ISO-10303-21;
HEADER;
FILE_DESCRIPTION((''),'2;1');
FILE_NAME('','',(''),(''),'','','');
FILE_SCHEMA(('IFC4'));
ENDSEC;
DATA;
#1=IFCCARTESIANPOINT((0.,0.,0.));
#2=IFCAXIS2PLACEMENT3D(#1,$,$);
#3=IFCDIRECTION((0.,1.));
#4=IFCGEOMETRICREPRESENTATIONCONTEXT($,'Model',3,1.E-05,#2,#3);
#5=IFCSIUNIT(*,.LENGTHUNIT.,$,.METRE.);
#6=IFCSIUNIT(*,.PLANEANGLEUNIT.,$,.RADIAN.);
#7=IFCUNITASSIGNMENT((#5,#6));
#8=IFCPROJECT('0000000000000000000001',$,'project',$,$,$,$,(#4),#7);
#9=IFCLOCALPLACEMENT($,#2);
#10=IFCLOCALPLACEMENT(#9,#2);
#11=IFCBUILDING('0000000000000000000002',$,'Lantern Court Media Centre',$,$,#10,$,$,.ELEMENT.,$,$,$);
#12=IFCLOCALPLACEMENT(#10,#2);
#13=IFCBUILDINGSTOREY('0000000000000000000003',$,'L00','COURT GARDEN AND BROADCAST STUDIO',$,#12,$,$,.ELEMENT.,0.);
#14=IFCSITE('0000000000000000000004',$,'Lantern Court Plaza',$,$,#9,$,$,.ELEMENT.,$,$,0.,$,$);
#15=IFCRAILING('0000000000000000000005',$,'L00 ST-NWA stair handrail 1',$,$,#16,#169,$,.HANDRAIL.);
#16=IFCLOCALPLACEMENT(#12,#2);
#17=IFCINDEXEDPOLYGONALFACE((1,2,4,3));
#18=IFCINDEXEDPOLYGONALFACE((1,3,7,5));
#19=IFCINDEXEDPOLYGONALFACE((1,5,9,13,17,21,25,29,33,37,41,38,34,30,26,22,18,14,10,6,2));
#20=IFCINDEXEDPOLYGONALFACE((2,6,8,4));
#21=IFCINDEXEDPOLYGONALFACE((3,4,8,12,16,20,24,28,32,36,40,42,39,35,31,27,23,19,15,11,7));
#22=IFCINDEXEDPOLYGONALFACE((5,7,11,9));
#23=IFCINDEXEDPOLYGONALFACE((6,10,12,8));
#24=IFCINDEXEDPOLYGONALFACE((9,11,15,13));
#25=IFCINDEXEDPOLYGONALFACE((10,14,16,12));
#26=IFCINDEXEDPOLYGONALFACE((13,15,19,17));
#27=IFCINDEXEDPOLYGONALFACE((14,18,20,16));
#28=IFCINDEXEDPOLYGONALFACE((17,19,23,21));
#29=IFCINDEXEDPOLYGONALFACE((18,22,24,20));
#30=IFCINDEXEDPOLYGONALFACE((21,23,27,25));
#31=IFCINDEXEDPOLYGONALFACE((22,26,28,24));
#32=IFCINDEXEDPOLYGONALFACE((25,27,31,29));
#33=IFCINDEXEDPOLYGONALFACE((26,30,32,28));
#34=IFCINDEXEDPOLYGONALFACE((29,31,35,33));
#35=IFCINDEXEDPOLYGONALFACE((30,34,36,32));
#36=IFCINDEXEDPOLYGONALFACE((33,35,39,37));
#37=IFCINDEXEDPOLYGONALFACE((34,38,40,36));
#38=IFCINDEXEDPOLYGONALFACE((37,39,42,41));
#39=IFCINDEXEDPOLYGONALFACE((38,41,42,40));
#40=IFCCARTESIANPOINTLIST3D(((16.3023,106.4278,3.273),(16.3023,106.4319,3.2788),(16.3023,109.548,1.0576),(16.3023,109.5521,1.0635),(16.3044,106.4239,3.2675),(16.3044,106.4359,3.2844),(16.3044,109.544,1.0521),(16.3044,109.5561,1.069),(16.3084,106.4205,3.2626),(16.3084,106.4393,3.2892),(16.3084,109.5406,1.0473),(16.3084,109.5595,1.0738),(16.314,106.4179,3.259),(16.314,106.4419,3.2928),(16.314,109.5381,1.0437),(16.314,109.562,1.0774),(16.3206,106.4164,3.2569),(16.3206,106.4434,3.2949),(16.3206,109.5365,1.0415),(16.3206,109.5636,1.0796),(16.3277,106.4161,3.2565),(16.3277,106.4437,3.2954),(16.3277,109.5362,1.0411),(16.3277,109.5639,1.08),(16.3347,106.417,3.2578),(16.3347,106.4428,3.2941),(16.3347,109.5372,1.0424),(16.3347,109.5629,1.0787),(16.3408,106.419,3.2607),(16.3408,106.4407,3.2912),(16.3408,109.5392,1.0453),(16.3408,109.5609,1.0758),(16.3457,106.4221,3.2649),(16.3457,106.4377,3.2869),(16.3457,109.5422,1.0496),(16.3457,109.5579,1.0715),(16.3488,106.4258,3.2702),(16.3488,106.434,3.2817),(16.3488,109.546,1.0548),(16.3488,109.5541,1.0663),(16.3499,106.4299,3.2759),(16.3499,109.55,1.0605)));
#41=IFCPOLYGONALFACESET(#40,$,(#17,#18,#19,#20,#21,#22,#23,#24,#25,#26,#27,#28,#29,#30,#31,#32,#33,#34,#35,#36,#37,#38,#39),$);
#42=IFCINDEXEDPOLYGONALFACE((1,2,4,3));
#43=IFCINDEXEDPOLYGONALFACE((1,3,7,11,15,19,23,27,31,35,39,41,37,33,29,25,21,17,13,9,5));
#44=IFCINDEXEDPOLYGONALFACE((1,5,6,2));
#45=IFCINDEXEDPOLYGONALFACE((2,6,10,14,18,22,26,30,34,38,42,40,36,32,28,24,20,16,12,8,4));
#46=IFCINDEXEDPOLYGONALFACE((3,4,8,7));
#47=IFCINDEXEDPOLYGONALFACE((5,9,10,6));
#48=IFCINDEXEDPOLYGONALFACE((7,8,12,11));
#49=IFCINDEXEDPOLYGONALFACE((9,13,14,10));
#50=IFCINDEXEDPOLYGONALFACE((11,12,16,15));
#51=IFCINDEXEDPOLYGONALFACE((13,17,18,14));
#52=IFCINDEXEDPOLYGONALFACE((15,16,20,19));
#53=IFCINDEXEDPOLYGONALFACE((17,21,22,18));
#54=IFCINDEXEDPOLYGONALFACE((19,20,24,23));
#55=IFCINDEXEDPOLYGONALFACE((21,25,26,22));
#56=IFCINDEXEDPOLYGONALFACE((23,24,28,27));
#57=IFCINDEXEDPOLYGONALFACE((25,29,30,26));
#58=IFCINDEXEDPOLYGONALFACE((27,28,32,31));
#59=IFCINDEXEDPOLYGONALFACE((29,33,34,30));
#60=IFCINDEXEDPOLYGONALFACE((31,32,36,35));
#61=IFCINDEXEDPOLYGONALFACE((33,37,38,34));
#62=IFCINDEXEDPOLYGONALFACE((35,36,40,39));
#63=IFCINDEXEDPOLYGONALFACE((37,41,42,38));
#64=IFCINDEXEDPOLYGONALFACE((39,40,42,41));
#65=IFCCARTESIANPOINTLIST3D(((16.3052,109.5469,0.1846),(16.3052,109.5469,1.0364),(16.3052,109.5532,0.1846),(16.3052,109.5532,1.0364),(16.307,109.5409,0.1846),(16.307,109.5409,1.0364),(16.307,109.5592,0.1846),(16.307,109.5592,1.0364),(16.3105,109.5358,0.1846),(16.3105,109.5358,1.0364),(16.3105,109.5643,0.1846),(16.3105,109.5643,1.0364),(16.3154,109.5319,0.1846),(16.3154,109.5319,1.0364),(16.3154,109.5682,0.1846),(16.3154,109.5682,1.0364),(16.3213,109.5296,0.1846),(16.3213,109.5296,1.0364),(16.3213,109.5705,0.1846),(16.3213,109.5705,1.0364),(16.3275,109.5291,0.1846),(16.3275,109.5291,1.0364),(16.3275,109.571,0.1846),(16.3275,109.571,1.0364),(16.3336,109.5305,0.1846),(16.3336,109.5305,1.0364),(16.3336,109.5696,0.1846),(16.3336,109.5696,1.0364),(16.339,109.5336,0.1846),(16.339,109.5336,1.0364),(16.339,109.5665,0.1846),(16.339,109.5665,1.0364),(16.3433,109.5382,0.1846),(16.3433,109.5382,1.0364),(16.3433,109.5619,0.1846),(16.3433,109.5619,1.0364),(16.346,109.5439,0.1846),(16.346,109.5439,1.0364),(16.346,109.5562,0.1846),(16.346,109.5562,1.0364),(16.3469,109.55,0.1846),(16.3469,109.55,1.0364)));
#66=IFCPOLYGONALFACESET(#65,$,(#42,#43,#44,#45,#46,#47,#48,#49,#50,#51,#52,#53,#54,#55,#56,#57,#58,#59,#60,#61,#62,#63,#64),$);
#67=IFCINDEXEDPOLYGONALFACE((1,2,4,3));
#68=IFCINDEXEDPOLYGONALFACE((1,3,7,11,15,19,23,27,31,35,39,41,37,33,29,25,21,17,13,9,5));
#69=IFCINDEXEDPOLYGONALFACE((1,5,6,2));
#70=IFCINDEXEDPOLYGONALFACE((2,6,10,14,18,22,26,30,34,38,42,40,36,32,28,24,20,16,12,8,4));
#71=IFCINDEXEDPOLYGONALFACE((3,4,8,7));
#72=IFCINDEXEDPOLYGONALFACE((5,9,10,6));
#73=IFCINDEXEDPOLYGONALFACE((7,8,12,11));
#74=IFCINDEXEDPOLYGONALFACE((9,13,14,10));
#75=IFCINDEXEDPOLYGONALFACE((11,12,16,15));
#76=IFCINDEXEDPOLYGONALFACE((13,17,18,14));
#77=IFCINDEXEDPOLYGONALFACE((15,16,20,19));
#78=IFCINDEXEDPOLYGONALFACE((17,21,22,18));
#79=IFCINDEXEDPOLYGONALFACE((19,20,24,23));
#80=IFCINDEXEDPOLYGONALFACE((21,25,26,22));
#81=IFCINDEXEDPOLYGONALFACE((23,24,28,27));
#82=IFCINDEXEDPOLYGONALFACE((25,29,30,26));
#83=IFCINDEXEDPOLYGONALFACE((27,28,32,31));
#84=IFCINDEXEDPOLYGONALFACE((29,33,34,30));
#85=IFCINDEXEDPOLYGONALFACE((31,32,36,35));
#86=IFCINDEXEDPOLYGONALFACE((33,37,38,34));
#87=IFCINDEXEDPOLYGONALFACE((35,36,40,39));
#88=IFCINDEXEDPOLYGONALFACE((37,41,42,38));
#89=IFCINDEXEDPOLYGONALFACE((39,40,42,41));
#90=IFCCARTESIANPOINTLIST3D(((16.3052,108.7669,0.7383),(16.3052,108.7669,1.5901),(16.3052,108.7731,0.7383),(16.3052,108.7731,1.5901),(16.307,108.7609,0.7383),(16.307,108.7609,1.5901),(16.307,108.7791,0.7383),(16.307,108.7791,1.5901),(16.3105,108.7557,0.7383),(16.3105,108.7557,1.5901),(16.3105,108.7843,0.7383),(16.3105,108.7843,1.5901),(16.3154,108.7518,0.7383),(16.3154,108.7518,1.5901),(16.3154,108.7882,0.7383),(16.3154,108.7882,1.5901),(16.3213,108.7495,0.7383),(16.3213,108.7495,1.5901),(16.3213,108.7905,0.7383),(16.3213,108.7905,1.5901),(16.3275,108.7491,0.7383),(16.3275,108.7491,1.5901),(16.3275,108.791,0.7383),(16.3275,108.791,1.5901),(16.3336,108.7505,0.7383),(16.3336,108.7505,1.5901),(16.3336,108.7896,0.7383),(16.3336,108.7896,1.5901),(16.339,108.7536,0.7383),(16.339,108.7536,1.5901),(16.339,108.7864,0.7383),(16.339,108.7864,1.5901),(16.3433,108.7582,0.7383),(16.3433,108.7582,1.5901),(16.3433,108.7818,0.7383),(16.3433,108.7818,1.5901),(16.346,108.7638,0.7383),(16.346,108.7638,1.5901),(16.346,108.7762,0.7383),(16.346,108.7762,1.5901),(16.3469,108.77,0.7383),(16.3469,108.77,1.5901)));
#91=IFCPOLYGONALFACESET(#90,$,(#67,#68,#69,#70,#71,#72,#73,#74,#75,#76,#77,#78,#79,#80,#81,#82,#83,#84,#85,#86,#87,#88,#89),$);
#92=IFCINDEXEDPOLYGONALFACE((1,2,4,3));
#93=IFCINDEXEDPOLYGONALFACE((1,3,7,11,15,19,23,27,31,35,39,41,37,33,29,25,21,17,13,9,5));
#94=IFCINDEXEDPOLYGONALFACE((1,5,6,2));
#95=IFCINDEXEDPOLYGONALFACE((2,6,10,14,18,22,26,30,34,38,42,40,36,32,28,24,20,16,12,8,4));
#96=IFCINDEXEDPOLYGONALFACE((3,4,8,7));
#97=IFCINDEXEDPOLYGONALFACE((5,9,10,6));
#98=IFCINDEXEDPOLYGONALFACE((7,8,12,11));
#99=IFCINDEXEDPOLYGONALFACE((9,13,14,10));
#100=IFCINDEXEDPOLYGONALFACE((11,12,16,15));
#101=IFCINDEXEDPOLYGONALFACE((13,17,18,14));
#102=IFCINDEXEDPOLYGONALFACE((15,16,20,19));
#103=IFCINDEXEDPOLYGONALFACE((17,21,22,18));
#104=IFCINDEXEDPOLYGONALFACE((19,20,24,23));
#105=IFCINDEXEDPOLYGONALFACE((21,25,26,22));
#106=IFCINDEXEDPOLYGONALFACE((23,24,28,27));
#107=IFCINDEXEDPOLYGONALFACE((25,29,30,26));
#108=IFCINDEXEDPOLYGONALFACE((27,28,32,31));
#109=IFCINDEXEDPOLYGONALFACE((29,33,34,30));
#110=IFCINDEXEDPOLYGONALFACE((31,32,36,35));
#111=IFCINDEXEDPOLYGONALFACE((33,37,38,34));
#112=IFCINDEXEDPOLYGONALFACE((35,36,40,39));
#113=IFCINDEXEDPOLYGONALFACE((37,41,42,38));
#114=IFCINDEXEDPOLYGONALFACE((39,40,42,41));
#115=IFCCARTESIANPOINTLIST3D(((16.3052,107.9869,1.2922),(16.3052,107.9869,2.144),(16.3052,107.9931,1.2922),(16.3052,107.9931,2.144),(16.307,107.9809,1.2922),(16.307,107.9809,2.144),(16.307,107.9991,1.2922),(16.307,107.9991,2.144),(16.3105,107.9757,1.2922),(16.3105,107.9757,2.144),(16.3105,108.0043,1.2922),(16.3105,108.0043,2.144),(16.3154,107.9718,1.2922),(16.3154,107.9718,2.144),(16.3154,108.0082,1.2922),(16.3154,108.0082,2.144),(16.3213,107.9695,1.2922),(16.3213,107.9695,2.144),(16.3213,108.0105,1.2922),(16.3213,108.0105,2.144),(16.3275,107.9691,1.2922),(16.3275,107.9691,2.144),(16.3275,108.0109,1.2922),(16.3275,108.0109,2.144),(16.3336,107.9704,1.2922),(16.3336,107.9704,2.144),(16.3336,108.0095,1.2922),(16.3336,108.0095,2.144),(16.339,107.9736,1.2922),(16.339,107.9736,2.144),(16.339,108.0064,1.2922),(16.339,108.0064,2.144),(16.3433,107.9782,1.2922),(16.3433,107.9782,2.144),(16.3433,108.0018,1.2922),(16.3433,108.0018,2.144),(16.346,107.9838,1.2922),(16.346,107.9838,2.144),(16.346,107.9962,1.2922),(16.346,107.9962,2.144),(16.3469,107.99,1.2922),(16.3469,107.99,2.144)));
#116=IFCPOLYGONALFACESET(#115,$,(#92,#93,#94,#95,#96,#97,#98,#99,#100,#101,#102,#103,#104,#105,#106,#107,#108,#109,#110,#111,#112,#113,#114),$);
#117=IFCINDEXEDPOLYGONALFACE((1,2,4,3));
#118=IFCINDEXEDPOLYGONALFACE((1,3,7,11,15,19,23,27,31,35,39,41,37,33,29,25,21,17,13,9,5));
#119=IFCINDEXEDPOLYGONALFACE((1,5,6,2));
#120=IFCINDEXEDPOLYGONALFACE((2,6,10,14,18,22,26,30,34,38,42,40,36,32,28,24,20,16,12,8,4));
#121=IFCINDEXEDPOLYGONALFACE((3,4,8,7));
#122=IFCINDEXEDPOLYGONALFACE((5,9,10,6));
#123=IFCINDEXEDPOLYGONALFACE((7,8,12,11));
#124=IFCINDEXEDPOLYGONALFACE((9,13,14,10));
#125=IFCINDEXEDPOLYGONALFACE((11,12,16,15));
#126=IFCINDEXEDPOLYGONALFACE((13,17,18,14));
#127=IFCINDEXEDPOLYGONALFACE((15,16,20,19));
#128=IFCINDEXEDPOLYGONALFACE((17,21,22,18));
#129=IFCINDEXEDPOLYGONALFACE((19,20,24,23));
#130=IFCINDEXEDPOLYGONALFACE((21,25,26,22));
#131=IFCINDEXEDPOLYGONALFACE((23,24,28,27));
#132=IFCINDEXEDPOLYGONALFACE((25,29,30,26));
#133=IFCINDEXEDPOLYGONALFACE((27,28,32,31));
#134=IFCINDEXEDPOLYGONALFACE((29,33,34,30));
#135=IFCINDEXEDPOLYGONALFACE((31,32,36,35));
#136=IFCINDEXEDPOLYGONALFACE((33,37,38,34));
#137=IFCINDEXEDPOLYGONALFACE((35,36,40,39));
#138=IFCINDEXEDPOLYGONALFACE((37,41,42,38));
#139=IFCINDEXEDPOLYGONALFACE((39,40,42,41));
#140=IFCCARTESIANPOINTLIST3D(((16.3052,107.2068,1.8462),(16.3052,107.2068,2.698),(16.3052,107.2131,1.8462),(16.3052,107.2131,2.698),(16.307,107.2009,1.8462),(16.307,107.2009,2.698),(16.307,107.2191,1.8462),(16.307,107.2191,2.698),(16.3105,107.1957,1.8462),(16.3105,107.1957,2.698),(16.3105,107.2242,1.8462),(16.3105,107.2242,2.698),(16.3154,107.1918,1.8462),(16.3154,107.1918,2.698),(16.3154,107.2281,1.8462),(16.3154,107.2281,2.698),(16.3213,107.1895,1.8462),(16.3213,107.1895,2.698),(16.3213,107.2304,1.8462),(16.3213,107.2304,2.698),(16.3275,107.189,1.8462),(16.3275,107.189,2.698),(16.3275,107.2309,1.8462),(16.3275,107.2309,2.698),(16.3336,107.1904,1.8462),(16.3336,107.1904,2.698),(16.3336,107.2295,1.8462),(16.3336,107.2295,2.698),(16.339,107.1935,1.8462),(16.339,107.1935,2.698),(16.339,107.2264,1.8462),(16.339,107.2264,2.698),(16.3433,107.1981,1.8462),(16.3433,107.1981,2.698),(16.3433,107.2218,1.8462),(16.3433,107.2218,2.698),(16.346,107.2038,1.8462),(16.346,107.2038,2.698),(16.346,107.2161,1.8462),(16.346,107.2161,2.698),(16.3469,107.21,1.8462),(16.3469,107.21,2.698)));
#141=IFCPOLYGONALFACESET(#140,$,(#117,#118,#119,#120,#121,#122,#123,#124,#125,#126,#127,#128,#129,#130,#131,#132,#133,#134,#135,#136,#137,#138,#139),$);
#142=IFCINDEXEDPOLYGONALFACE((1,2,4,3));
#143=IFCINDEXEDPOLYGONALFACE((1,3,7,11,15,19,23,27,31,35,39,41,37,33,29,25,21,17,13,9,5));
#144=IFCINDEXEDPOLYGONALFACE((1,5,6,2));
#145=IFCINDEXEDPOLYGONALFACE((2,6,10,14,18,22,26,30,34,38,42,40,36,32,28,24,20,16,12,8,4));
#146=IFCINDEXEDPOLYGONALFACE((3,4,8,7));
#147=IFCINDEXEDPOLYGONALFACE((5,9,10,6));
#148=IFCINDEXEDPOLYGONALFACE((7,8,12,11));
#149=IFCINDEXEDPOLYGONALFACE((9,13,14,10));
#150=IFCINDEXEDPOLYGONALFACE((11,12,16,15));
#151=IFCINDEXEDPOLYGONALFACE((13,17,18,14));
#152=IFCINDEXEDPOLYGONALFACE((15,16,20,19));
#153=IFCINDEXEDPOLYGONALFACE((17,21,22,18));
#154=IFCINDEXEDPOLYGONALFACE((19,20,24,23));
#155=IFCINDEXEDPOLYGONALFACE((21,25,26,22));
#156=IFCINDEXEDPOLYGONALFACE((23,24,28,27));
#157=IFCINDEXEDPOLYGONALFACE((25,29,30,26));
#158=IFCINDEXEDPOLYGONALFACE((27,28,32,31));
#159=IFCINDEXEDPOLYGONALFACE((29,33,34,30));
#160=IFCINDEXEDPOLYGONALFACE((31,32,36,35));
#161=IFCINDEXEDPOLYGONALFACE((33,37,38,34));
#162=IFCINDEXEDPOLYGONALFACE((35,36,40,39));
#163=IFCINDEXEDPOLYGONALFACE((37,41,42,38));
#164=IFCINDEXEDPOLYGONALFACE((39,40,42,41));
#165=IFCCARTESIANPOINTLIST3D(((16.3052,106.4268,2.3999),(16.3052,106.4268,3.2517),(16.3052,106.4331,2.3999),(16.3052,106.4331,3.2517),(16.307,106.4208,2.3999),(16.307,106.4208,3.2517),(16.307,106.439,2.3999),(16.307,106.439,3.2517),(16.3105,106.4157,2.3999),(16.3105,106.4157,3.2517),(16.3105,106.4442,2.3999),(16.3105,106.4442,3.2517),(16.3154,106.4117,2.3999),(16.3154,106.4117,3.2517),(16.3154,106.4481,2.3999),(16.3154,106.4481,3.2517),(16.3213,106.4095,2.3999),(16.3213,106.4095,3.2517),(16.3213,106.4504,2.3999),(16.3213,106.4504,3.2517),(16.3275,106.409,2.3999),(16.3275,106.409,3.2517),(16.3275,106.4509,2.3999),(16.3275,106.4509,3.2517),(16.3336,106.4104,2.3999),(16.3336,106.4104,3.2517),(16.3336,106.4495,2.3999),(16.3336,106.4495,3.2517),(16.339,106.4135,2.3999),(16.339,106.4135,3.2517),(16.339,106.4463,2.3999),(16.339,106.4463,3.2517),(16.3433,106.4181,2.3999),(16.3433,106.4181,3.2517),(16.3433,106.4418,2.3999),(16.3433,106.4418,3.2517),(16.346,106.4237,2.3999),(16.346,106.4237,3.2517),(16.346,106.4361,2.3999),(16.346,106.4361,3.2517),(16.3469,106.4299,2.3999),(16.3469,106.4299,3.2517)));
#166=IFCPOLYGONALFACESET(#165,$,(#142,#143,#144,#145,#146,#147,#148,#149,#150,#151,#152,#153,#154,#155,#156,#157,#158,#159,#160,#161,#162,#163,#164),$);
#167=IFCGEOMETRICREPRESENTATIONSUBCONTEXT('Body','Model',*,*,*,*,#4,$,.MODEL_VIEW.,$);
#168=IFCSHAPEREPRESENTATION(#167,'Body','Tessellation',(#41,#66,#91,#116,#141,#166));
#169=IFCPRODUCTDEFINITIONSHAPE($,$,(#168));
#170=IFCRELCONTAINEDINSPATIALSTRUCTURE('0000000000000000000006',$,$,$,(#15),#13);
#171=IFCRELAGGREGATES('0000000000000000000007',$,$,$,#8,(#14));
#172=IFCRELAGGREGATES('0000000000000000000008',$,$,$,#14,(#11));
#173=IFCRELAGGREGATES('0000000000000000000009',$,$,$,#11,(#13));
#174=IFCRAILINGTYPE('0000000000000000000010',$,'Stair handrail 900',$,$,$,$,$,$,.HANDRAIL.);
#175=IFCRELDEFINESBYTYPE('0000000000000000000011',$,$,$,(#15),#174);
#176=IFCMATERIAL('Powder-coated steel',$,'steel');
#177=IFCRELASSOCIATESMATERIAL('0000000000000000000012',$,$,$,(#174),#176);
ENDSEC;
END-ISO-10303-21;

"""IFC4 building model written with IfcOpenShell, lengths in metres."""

from ifc_helpers import new_model, si_unit, direction, frame, origin, origin_2d, place, context, subcontext, project, spatial, circle, extrude, material, type_object, element, save


model = new_model("IFC4")

# Units and contexts
model_context = context("Model", 3, precision=1e-05, world=origin(), true_north=direction((0.0, 1.0)))
body_context = subcontext(model_context, "Body", "Model", "MODEL_VIEW")
ifc_project = project(units=[si_unit("LENGTHUNIT", "METRE"), si_unit("PLANEANGLEUNIT", "RADIAN")], contexts=[model_context])

# Site, building, storey
site_placement = place(None, origin())
site = spatial("IfcSite", under=ifc_project, at=site_placement, Name="Lantern Court Plaza", CompositionType="ELEMENT", RefElevation=0.0)
building_placement = place(site_placement, origin())
building = spatial("IfcBuilding", under=site, at=building_placement, Name="Lantern Court Media Centre", CompositionType="ELEMENT")
storey_placement = place(building_placement, origin())
storey = spatial("IfcBuildingStorey", under=building, at=storey_placement, Name="L00", Description="COURT GARDEN AND BROADCAST STUDIO", CompositionType="ELEMENT", Elevation=0.0)

# Railing
ifc_material_1 = material(Name="Powder-coated steel", Category="steel")
railing_type = type_object("IfcRailingType", Name="Stair handrail 900", PredefinedType="HANDRAIL", material=ifc_material_1)
railing_placement = place(storey_placement, frame((16.3259, 109.55, 0.1846)))
element("IfcRailing", 1, at=railing_placement, inside=storey, type_object=railing_type, Name="L00 ST-NWA stair handrail 1", PredefinedType="HANDRAIL", context=body_context, shape_type="SweptSolid", body=[
    extrude(circle(Radius=0.0239, at=origin_2d()), frame((0.0, 0.0, 0.876), z_axis=(0.0, -0.815377, 0.57893), x_axis=(1.0, 0.0, 0.0)), (0.0, 0.0, 1.0), 3.8267),
    extrude(circle(Radius=0.021, at=origin_2d()), origin(), (0.0, 0.0, 1.0), 0.8518),
    extrude(circle(Radius=0.021, at=origin_2d()), frame((0.0, -0.78, 0.5537)), (0.0, 0.0, 1.0), 0.8518),
    extrude(circle(Radius=0.021, at=origin_2d()), frame((0.0, -1.5601, 1.1077)), (0.0, 0.0, 1.0), 0.8518),
    extrude(circle(Radius=0.021, at=origin_2d()), frame((0.0, -2.3401, 1.6616)), (0.0, 0.0, 1.0), 0.8518),
    extrude(circle(Radius=0.021, at=origin_2d()), frame((0.0, -3.1201, 2.2153)), (0.0, 0.0, 1.0), 0.8518),
])

save(model, "model.ifc")
